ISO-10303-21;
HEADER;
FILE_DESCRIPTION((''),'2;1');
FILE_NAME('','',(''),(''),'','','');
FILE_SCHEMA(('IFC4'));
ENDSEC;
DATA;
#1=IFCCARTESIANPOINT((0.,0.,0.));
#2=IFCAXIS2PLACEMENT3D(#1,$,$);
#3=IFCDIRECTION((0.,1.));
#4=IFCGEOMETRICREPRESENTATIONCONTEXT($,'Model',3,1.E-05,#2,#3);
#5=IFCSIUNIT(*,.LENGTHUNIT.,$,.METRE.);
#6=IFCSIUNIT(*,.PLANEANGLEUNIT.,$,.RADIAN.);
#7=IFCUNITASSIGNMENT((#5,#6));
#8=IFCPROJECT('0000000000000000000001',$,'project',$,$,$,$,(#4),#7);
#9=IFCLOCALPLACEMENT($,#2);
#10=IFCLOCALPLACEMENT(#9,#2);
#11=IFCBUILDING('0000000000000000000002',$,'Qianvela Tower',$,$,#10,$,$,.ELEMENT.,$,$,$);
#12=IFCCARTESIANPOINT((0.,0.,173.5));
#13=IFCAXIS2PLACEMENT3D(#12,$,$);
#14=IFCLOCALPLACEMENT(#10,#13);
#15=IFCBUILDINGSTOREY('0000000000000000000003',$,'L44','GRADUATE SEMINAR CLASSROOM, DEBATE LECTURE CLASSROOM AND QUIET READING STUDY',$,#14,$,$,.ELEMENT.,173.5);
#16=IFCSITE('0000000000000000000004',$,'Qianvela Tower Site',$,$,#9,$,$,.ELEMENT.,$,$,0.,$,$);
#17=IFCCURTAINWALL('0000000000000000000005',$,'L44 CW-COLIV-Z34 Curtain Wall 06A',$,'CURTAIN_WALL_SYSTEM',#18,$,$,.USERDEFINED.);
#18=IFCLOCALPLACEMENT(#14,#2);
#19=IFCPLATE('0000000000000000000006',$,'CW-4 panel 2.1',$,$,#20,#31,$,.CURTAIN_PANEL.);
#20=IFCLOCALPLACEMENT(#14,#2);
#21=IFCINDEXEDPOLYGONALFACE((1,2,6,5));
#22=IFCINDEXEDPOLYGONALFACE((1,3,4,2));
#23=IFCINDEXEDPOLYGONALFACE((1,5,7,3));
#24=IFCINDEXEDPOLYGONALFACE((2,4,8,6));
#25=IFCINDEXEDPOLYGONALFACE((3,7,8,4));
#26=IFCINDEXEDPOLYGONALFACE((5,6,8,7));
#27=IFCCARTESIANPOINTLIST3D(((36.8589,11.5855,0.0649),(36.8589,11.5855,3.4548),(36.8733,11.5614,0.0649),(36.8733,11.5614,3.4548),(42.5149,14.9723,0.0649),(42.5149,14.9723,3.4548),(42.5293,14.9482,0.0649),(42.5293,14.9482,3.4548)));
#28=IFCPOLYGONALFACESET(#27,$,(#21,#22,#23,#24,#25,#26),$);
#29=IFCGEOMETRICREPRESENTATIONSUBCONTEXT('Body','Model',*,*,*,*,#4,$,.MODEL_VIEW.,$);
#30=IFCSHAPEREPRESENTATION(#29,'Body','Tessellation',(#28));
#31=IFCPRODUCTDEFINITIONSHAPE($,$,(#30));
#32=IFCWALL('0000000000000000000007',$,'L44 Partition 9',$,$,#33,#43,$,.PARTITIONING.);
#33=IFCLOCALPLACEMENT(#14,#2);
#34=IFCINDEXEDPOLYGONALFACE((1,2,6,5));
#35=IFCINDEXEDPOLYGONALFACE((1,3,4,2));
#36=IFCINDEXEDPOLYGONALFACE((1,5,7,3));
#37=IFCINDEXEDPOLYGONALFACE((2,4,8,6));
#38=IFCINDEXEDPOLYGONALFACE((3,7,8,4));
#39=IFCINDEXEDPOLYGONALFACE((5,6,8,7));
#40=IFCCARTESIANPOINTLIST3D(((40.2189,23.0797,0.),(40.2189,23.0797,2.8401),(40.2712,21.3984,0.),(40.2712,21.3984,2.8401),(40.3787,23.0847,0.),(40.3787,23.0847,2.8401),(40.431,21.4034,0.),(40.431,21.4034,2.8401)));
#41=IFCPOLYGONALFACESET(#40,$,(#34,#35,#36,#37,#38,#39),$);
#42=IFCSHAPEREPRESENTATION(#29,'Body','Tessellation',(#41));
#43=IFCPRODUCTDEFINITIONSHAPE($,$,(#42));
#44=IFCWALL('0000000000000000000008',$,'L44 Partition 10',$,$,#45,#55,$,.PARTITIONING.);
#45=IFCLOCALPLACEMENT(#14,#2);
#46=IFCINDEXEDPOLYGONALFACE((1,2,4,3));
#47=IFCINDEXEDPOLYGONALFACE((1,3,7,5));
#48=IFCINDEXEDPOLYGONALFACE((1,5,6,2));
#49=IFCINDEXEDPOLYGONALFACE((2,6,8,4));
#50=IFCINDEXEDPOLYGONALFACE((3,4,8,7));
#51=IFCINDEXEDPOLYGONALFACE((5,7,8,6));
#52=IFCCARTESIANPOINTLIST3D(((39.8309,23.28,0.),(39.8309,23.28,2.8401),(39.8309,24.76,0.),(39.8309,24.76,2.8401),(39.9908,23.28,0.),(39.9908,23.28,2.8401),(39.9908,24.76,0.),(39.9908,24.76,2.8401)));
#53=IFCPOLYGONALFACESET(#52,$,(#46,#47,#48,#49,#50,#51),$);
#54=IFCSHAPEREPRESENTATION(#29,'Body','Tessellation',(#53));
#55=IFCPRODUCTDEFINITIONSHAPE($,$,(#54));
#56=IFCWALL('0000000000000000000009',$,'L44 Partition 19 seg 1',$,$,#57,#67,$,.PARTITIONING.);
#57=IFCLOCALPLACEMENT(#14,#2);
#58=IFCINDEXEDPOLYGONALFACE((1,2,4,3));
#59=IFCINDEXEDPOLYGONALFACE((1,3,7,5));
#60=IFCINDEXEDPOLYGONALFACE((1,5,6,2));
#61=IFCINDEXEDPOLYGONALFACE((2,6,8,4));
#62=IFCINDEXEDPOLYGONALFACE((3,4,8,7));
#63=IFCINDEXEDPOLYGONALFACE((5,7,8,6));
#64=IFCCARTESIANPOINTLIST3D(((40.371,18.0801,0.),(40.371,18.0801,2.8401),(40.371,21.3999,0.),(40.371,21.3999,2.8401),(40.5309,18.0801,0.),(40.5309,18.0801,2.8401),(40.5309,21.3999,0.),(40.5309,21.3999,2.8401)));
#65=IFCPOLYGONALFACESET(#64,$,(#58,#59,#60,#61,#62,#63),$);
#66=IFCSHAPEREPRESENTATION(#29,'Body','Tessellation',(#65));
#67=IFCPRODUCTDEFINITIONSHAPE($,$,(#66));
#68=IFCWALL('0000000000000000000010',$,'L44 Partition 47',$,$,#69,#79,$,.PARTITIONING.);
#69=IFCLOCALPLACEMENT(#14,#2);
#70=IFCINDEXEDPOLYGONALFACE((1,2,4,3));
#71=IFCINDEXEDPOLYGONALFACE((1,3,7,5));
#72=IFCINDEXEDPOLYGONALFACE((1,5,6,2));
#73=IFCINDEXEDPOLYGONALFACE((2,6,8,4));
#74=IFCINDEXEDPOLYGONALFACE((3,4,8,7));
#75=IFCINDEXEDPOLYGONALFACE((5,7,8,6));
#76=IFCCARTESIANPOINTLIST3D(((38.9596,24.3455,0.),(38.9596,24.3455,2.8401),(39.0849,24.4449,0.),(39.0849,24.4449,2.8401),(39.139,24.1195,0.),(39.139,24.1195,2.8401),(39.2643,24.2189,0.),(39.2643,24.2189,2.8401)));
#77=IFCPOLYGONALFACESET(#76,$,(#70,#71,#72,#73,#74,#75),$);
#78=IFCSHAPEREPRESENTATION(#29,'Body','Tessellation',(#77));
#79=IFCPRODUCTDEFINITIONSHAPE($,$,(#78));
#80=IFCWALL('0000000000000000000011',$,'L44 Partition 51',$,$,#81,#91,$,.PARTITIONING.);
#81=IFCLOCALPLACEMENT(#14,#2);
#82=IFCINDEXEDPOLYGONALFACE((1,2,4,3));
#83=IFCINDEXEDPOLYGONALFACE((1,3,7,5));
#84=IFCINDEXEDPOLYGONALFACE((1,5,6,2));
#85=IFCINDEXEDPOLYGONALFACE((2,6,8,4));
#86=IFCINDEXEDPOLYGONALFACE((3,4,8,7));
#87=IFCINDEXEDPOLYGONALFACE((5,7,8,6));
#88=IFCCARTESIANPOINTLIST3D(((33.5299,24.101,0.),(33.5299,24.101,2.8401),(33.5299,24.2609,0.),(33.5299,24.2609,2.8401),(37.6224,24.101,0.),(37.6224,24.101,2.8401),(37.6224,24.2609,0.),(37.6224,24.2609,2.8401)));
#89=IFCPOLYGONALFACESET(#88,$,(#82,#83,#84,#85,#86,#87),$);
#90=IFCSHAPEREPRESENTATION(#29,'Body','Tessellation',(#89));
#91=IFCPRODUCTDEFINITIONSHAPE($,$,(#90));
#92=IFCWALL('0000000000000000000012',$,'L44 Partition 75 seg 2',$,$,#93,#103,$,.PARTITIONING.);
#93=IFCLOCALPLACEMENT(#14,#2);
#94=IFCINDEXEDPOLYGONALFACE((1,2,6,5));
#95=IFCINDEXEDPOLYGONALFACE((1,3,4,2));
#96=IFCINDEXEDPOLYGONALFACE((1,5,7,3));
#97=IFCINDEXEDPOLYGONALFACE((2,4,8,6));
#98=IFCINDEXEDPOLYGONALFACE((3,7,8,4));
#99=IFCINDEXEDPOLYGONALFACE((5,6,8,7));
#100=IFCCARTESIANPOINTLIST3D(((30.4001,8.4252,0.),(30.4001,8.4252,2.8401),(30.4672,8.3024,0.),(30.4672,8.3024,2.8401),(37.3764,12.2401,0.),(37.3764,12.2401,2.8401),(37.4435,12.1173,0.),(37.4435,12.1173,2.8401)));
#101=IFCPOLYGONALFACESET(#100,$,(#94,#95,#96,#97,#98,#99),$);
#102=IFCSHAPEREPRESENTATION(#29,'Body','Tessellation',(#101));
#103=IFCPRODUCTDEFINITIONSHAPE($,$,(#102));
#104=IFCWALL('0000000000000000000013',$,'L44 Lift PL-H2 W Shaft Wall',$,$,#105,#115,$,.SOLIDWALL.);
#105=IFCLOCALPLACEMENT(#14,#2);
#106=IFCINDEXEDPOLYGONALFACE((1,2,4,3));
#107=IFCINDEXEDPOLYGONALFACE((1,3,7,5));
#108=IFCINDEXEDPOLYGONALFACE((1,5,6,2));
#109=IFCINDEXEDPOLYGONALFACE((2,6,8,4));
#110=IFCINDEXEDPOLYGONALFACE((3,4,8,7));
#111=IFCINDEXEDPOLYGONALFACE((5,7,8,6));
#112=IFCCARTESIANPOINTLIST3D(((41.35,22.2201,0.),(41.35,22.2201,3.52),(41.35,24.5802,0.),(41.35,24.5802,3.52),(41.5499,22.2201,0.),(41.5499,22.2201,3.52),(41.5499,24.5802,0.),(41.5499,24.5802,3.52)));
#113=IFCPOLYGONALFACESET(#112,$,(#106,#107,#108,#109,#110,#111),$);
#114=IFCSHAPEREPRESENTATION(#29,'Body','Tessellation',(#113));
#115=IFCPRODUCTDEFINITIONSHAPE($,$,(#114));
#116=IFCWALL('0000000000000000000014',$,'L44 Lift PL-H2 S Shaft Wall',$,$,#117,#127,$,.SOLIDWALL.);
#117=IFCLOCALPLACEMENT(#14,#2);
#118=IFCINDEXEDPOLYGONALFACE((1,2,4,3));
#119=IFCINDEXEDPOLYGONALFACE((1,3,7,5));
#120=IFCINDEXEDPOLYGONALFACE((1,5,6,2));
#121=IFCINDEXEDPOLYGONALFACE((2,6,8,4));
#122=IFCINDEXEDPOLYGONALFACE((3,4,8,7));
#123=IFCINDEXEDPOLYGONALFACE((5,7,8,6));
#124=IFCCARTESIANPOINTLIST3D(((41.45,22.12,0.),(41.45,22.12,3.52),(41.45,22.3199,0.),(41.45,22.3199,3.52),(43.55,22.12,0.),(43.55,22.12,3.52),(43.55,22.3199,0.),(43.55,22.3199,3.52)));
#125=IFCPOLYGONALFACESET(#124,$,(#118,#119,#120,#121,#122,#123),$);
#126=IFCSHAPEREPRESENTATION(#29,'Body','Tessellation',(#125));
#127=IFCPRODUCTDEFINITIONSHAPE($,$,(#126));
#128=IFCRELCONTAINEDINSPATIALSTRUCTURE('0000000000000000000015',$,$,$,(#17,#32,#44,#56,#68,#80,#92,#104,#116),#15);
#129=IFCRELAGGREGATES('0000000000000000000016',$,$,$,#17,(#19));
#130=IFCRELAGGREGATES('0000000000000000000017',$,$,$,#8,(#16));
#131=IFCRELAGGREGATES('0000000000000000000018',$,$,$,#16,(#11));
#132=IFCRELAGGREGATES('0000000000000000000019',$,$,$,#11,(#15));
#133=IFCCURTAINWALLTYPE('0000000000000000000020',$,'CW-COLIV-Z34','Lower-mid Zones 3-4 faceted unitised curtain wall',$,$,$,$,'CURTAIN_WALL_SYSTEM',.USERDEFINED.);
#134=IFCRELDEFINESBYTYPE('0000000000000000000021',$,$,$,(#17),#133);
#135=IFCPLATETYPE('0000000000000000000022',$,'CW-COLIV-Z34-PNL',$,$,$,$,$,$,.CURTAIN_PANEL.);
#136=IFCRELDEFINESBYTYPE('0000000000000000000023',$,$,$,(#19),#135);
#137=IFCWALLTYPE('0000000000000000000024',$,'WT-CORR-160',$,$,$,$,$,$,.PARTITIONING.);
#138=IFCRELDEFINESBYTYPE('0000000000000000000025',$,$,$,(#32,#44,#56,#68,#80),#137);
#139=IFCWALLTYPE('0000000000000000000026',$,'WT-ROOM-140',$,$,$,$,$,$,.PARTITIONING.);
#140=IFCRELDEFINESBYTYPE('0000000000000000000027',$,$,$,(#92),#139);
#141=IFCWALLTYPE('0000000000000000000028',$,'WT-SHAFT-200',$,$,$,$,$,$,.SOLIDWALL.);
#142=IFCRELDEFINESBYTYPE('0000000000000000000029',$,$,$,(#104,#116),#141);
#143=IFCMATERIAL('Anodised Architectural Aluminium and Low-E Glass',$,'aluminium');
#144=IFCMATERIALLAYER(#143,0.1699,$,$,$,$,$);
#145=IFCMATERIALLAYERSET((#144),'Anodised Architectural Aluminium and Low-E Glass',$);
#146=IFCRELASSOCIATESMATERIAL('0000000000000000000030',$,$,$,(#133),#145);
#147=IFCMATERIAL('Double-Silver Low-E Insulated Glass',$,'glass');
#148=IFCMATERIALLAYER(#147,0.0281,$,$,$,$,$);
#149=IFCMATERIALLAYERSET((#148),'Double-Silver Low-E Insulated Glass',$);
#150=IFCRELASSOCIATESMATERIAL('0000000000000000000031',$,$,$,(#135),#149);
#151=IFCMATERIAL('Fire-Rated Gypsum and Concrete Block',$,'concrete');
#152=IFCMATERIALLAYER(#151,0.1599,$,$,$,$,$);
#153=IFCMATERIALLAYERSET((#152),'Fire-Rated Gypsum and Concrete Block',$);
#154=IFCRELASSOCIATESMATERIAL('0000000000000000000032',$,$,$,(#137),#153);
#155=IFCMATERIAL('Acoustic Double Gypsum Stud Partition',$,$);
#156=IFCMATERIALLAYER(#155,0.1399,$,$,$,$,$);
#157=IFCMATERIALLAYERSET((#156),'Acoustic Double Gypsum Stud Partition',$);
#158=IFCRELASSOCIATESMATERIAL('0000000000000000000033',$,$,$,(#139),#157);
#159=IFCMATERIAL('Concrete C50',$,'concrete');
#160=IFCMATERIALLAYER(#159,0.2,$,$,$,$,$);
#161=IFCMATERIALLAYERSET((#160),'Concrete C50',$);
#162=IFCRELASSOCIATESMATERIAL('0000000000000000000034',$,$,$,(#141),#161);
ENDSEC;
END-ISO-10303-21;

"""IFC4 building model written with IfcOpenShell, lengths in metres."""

from ifc_helpers import new_model, si_unit, direction, frame, frame_2d, origin, origin_2d, place, context, subcontext, project, spatial, rectangle, extrude, material, layer, layer_set, type_object, element, aggregate, save


model = new_model("IFC4")

# Units and contexts
model_context = context("Model", 3, precision=1e-05, world=origin(), true_north=direction((0.0, 1.0)))
body_context = subcontext(model_context, "Body", "Model", "MODEL_VIEW")
ifc_project = project(units=[si_unit("LENGTHUNIT", "METRE"), si_unit("PLANEANGLEUNIT", "RADIAN")], contexts=[model_context])

# Site, building, storey
site_placement = place(None, origin())
site = spatial("IfcSite", under=ifc_project, at=site_placement, Name="Qianvela Tower Site", CompositionType="ELEMENT", RefElevation=0.0)
building_placement = place(site_placement, origin())
building = spatial("IfcBuilding", under=site, at=building_placement, Name="Qianvela Tower", CompositionType="ELEMENT")
storey_placement = place(building_placement, frame((0.0, 0.0, 173.5)))
storey = spatial("IfcBuildingStorey", under=building, at=storey_placement, Name="L44", Description="GRADUATE SEMINAR CLASSROOM, DEBATE LECTURE CLASSROOM AND QUIET READING STUDY", CompositionType="ELEMENT", Elevation=173.5)

# Curtain wall, plate
ifc_material_1 = material(Name="Anodised Architectural Aluminium and Low-E Glass", Category="aluminium")
ifc_layer_1 = layer(ifc_material_1, 0.1699)
ifc_layer_set_1 = layer_set([ifc_layer_1], Name="Anodised Architectural Aluminium and Low-E Glass")
curtain_wall_type = type_object("IfcCurtainWallType", Name="CW-COLIV-Z34", Description="Lower-mid Zones 3-4 faceted unitised curtain wall", ElementType="CURTAIN_WALL_SYSTEM", PredefinedType="USERDEFINED", material=ifc_layer_set_1)
curtain_wall_placement = place(storey_placement, origin())
curtain_wall = element("IfcCurtainWall", 1, at=curtain_wall_placement, inside=storey, type_object=curtain_wall_type, Name="L44 CW-COLIV-Z34 Curtain Wall 06A", ObjectType="CURTAIN_WALL_SYSTEM", PredefinedType="USERDEFINED")
ifc_material_2 = material(Name="Double-Silver Low-E Insulated Glass", Category="glass")
ifc_layer_2 = layer(ifc_material_2, 0.0281)
ifc_layer_set_2 = layer_set([ifc_layer_2], Name="Double-Silver Low-E Insulated Glass")
plate_type = type_object("IfcPlateType", Name="CW-COLIV-Z34-PNL", PredefinedType="CURTAIN_PANEL", material=ifc_layer_set_2)
plate_1_placement = place(storey_placement, frame((39.6941, 13.2668, 0.0649), z_axis=(0.0, 0.0, 1.0), x_axis=(0.857947, 0.513738, 0.0)))
plate_1 = element("IfcPlate", 2, at=plate_1_placement, type_object=plate_type, Name="CW-4 panel 2.1", PredefinedType="CURTAIN_PANEL", context=body_context, shape_type="SweptSolid", body=[
    extrude(rectangle(XDim=6.5925, YDim=0.0281, at=origin_2d()), origin(), (0.0, 0.0, 1.0), 3.3899),
])
aggregate(curtain_wall, [plate_1])

# Shared definitions
ifc_material_3 = material(Name="Fire-Rated Gypsum and Concrete Block", Category="concrete")
ifc_layer_3 = layer(ifc_material_3, 0.1599)
ifc_layer_set_3 = layer_set([ifc_layer_3], Name="Fire-Rated Gypsum and Concrete Block")
wall_type_1 = type_object("IfcWallType", Name="WT-CORR-160", PredefinedType="PARTITIONING", material=ifc_layer_set_3)

# Walls
wall_1_placement = place(storey_placement, frame((40.3511, 21.4009, 0.0), z_axis=(0.0, 0.0, 1.0), x_axis=(-0.031058, 0.999518, 0.0)))
element("IfcWall", 3, at=wall_1_placement, inside=storey, type_object=wall_type_1, Name="L44 Partition 9", PredefinedType="PARTITIONING", context=body_context, shape_type="SweptSolid", body=[
    extrude(rectangle(XDim=1.6821, YDim=0.1599, at=frame_2d((0.8411, 0.0))), origin(), (0.0, 0.0, 1.0), 2.8401),
])
wall_2_placement = place(storey_placement, frame((39.9109, 23.28, 0.0), z_axis=(0.0, 0.0, 1.0), x_axis=(0.0, 1.0, 0.0)))
element("IfcWall", 4, at=wall_2_placement, inside=storey, type_object=wall_type_1, Name="L44 Partition 10", PredefinedType="PARTITIONING", context=body_context, shape_type="SweptSolid", body=[
    extrude(rectangle(XDim=1.48, YDim=0.1599, at=frame_2d((0.74, 0.0))), origin(), (0.0, 0.0, 1.0), 2.8401),
])
wall_3_placement = place(storey_placement, frame((40.4509, 18.0801, 0.0), z_axis=(0.0, 0.0, 1.0), x_axis=(0.0, 1.0, 0.0)))
element("IfcWall", 5, at=wall_3_placement, inside=storey, type_object=wall_type_1, Name="L44 Partition 19 seg 1", PredefinedType="PARTITIONING", context=body_context, shape_type="SweptSolid", body=[
    extrude(rectangle(XDim=3.3198, YDim=0.1599, at=frame_2d((1.6599, 0.0))), origin(), (0.0, 0.0, 1.0), 2.8401),
])
wall_4_placement = place(storey_placement, frame((39.2017, 24.1692, 0.0), z_axis=(0.0, 0.0, 1.0), x_axis=(-0.621699, 0.783256, 0.0)))
element("IfcWall", 6, at=wall_4_placement, inside=storey, type_object=wall_type_1, Name="L44 Partition 47", PredefinedType="PARTITIONING", context=body_context, shape_type="SweptSolid", body=[
    extrude(rectangle(XDim=0.2886, YDim=0.1599, at=frame_2d((0.1443, 0.0))), origin(), (0.0, 0.0, 1.0), 2.8401),
])
wall_5_placement = place(storey_placement, frame((37.6226, 24.1809, 0.0), z_axis=(0.0, 0.0, 1.0), x_axis=(-1.0, 0.0, 0.0)))
element("IfcWall", 7, at=wall_5_placement, inside=storey, type_object=wall_type_1, Name="L44 Partition 51", PredefinedType="PARTITIONING", context=body_context, shape_type="SweptSolid", body=[
    extrude(rectangle(XDim=4.0925, YDim=0.1599, at=frame_2d((2.0464, 0.0))), origin(), (0.0, 0.0, 1.0), 2.8401),
])
ifc_material_4 = material(Name="Acoustic Double Gypsum Stud Partition")
ifc_layer_4 = layer(ifc_material_4, 0.1399)
ifc_layer_set_4 = layer_set([ifc_layer_4], Name="Acoustic Double Gypsum Stud Partition")
wall_type_2 = type_object("IfcWallType", Name="WT-ROOM-140", PredefinedType="PARTITIONING", material=ifc_layer_set_4)
wall_6_placement = place(storey_placement, frame((37.4099, 12.1787, 0.0), z_axis=(0.0, 0.0, 1.0), x_axis=(-0.877383, -0.47979, 0.0)))
element("IfcWall", 8, at=wall_6_placement, inside=storey, type_object=wall_type_2, Name="L44 Partition 75 seg 2", PredefinedType="PARTITIONING", context=body_context, shape_type="SweptSolid", body=[
    extrude(rectangle(XDim=7.9512, YDim=0.1399, at=frame_2d((3.9756, 0.0))), origin(), (0.0, 0.0, 1.0), 2.8401),
])
ifc_material_5 = material(Name="Concrete C50", Category="concrete")
ifc_layer_5 = layer(ifc_material_5, 0.2)
ifc_layer_set_5 = layer_set([ifc_layer_5], Name="Concrete C50")
wall_type_3 = type_object("IfcWallType", Name="WT-SHAFT-200", PredefinedType="SOLIDWALL", material=ifc_layer_set_5)
wall_7_placement = place(storey_placement, frame((41.45, 22.22, 0.0), z_axis=(0.0, 0.0, 1.0), x_axis=(0.0, 1.0, 0.0)))
element("IfcWall", 9, at=wall_7_placement, inside=storey, type_object=wall_type_3, Name="L44 Lift PL-H2 W Shaft Wall", PredefinedType="SOLIDWALL", context=body_context, shape_type="SweptSolid", body=[
    extrude(rectangle(XDim=2.3601, YDim=0.2, at=frame_2d((1.1802, 0.0))), origin(), (0.0, 0.0, 1.0), 3.52),
])
wall_8_placement = place(storey_placement, frame((41.45, 22.22, 0.0), z_axis=(0.0, 0.0, 1.0), x_axis=(1.0, 0.0, 0.0)))
element("IfcWall", 10, at=wall_8_placement, inside=storey, type_object=wall_type_3, Name="L44 Lift PL-H2 S Shaft Wall", PredefinedType="SOLIDWALL", context=body_context, shape_type="SweptSolid", body=[
    extrude(rectangle(XDim=2.1001, YDim=0.2, at=frame_2d((1.05, 0.0))), origin(), (0.0, 0.0, 1.0), 3.52),
])

save(model, "model.ifc")
